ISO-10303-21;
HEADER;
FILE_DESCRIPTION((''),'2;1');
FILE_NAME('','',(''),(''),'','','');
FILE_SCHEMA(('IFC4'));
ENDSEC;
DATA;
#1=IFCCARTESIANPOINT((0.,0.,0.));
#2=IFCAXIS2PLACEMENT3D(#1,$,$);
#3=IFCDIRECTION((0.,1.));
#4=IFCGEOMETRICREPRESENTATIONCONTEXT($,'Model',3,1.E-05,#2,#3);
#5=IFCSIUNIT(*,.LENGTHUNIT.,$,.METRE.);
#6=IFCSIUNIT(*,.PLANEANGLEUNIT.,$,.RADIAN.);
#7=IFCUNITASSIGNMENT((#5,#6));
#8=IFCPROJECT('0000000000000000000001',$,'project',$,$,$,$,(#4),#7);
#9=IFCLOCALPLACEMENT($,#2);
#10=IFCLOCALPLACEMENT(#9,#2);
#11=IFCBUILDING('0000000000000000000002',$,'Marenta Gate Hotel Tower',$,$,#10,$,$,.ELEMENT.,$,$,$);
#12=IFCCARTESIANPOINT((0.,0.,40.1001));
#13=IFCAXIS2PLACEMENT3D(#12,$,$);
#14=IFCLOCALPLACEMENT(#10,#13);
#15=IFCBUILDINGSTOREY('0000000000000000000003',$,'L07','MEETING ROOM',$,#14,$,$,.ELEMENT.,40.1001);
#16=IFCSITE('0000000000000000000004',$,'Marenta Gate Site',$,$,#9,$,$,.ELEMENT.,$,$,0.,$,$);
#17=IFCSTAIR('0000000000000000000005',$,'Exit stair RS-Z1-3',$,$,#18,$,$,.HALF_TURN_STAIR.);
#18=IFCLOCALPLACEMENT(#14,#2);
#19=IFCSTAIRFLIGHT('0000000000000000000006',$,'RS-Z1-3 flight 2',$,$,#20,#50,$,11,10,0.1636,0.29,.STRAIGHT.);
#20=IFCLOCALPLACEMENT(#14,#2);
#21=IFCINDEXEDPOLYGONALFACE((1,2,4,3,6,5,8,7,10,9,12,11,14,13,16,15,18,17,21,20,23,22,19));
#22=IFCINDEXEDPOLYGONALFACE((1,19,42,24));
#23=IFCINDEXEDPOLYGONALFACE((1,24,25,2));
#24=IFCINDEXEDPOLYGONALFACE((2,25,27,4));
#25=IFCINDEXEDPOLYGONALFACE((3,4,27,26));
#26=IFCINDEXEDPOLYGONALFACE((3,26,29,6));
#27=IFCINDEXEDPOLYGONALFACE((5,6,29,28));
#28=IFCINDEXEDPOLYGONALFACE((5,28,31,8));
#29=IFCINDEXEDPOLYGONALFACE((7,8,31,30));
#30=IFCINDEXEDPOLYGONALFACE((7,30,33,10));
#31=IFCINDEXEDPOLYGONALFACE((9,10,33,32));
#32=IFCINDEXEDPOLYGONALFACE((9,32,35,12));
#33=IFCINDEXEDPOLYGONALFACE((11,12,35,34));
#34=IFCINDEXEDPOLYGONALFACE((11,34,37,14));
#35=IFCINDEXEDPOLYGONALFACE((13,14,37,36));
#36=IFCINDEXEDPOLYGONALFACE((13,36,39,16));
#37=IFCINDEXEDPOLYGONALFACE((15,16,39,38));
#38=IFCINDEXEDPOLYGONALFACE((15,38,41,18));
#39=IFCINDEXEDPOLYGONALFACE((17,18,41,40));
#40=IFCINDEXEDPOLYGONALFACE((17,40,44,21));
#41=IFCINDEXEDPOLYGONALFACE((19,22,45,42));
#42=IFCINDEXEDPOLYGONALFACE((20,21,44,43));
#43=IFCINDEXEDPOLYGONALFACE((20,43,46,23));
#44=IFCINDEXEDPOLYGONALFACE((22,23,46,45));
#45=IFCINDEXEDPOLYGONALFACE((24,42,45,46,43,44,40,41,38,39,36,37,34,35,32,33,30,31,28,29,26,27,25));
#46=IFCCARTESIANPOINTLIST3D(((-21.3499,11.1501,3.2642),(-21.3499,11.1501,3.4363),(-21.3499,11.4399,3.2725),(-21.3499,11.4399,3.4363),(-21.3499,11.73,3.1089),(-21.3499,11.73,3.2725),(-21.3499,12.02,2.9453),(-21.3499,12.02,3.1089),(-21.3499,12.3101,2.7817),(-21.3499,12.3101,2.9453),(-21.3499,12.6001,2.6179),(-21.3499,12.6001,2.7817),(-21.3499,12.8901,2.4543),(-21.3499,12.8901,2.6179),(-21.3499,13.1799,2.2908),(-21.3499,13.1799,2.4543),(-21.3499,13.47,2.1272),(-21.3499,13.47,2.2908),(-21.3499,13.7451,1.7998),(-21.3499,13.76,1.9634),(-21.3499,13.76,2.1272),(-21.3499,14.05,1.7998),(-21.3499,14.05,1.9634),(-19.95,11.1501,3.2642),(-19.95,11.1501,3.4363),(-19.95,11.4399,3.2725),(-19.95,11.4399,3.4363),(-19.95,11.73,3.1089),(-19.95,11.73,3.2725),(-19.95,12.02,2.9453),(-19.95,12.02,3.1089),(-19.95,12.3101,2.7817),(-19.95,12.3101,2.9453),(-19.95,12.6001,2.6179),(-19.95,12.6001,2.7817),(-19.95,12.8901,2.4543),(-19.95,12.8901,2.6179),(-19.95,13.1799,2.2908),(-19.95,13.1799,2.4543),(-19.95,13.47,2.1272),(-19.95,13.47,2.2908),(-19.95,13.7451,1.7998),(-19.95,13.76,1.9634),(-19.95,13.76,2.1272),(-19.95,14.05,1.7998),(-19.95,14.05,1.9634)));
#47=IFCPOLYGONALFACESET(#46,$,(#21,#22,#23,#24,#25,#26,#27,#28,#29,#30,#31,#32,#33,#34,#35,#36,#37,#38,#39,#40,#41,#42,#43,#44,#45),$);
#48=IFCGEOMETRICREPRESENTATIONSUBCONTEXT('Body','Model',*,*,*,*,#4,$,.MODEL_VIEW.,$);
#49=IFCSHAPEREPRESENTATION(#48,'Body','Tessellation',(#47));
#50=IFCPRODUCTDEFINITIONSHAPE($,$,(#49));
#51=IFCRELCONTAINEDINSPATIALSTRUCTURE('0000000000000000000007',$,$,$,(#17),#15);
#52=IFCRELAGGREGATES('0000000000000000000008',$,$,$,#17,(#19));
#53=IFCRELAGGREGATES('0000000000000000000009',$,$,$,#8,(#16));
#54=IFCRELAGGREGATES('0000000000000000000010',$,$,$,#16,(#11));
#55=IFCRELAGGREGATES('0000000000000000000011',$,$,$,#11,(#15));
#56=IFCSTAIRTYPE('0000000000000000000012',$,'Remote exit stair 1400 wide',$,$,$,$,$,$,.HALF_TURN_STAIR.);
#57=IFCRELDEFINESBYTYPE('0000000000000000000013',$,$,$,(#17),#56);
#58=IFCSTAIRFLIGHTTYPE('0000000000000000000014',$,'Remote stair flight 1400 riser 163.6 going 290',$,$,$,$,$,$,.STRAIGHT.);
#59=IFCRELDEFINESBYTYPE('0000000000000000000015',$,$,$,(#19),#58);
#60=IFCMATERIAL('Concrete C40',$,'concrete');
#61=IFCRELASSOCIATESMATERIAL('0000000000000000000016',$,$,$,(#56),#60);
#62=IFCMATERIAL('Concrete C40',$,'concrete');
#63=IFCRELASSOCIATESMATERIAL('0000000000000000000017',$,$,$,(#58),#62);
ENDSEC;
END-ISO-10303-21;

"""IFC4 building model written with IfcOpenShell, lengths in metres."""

from ifc_helpers import new_model, si_unit, direction, frame, origin, place, context, subcontext, project, spatial, polyline, outline, extrude, material, type_object, element, aggregate, save


model = new_model("IFC4")

# Units and contexts
model_context = context("Model", 3, precision=1e-05, world=origin(), true_north=direction((0.0, 1.0)))
body_context = subcontext(model_context, "Body", "Model", "MODEL_VIEW")
ifc_project = project(units=[si_unit("LENGTHUNIT", "METRE"), si_unit("PLANEANGLEUNIT", "RADIAN")], contexts=[model_context])

# Site, building, storey
site_placement = place(None, origin())
site = spatial("IfcSite", under=ifc_project, at=site_placement, Name="Marenta Gate Site", CompositionType="ELEMENT", RefElevation=0.0)
building_placement = place(site_placement, origin())
building = spatial("IfcBuilding", under=site, at=building_placement, Name="Marenta Gate Hotel Tower", CompositionType="ELEMENT")
storey_placement = place(building_placement, frame((0.0, 0.0, 40.1001)))
storey = spatial("IfcBuildingStorey", under=building, at=storey_placement, Name="L07", Description="MEETING ROOM", CompositionType="ELEMENT", Elevation=40.1001)

# Stair, stair flight
ifc_material_1 = material(Name="Concrete C40", Category="concrete")
stair_type = type_object("IfcStairType", Name="Remote exit stair 1400 wide", PredefinedType="HALF_TURN_STAIR", material=ifc_material_1)
stair_placement = place(storey_placement, origin())
stair = element("IfcStair", 1, at=stair_placement, inside=storey, type_object=stair_type, Name="Exit stair RS-Z1-3", PredefinedType="HALF_TURN_STAIR")
ifc_material_2 = material(Name="Concrete C40", Category="concrete")
stair_flight_type = type_object("IfcStairFlightType", Name="Remote stair flight 1400 riser 163.6 going 290", PredefinedType="STRAIGHT", material=ifc_material_2)
stair_flight_1_placement = place(storey_placement, frame((-20.6499, 14.05, 1.7998), z_axis=(0.0, 0.0, 1.0), x_axis=(0.0, -1.0, 0.0)))
stair_flight_1 = element("IfcStairFlight", 2, at=stair_flight_1_placement, type_object=stair_flight_type, Name="RS-Z1-3 flight 2", NumberOfRisers=11, NumberOfTreads=10, PredefinedType="STRAIGHT", RiserHeight=0.1636, TreadLength=0.29, context=body_context, shape_type="SweptSolid", body=[
    extrude(outline(polyline([(0.0, 0.0), (0.0, 0.1636), (0.29, 0.1636), (0.29, 0.3274), (0.5801, 0.3274), (0.5801, 0.491), (0.8701, 0.491), (0.8701, 0.6545), (1.1599, 0.6545), (1.1599, 0.8181), (1.45, 0.8181), (1.45, 0.9819), (1.74, 0.9819), (1.74, 1.1455), (2.03, 1.1455), (2.03, 1.3091), (2.3201, 1.3091), (2.3201, 1.4727), (2.6101, 1.4727), (2.6101, 1.6365), (2.8999, 1.6365), (2.8999, 1.8), (2.8999, 1.4644), (0.3049, 0.0), (0.0, 0.0)])), frame((0.0, 0.7, 0.0), z_axis=(0.0, -1.0, 0.0), x_axis=(1.0, 0.0, 0.0)), (0.0, 0.0, 1.0), 1.3999),
])
aggregate(stair, [stair_flight_1])

save(model, "model.ifc")
